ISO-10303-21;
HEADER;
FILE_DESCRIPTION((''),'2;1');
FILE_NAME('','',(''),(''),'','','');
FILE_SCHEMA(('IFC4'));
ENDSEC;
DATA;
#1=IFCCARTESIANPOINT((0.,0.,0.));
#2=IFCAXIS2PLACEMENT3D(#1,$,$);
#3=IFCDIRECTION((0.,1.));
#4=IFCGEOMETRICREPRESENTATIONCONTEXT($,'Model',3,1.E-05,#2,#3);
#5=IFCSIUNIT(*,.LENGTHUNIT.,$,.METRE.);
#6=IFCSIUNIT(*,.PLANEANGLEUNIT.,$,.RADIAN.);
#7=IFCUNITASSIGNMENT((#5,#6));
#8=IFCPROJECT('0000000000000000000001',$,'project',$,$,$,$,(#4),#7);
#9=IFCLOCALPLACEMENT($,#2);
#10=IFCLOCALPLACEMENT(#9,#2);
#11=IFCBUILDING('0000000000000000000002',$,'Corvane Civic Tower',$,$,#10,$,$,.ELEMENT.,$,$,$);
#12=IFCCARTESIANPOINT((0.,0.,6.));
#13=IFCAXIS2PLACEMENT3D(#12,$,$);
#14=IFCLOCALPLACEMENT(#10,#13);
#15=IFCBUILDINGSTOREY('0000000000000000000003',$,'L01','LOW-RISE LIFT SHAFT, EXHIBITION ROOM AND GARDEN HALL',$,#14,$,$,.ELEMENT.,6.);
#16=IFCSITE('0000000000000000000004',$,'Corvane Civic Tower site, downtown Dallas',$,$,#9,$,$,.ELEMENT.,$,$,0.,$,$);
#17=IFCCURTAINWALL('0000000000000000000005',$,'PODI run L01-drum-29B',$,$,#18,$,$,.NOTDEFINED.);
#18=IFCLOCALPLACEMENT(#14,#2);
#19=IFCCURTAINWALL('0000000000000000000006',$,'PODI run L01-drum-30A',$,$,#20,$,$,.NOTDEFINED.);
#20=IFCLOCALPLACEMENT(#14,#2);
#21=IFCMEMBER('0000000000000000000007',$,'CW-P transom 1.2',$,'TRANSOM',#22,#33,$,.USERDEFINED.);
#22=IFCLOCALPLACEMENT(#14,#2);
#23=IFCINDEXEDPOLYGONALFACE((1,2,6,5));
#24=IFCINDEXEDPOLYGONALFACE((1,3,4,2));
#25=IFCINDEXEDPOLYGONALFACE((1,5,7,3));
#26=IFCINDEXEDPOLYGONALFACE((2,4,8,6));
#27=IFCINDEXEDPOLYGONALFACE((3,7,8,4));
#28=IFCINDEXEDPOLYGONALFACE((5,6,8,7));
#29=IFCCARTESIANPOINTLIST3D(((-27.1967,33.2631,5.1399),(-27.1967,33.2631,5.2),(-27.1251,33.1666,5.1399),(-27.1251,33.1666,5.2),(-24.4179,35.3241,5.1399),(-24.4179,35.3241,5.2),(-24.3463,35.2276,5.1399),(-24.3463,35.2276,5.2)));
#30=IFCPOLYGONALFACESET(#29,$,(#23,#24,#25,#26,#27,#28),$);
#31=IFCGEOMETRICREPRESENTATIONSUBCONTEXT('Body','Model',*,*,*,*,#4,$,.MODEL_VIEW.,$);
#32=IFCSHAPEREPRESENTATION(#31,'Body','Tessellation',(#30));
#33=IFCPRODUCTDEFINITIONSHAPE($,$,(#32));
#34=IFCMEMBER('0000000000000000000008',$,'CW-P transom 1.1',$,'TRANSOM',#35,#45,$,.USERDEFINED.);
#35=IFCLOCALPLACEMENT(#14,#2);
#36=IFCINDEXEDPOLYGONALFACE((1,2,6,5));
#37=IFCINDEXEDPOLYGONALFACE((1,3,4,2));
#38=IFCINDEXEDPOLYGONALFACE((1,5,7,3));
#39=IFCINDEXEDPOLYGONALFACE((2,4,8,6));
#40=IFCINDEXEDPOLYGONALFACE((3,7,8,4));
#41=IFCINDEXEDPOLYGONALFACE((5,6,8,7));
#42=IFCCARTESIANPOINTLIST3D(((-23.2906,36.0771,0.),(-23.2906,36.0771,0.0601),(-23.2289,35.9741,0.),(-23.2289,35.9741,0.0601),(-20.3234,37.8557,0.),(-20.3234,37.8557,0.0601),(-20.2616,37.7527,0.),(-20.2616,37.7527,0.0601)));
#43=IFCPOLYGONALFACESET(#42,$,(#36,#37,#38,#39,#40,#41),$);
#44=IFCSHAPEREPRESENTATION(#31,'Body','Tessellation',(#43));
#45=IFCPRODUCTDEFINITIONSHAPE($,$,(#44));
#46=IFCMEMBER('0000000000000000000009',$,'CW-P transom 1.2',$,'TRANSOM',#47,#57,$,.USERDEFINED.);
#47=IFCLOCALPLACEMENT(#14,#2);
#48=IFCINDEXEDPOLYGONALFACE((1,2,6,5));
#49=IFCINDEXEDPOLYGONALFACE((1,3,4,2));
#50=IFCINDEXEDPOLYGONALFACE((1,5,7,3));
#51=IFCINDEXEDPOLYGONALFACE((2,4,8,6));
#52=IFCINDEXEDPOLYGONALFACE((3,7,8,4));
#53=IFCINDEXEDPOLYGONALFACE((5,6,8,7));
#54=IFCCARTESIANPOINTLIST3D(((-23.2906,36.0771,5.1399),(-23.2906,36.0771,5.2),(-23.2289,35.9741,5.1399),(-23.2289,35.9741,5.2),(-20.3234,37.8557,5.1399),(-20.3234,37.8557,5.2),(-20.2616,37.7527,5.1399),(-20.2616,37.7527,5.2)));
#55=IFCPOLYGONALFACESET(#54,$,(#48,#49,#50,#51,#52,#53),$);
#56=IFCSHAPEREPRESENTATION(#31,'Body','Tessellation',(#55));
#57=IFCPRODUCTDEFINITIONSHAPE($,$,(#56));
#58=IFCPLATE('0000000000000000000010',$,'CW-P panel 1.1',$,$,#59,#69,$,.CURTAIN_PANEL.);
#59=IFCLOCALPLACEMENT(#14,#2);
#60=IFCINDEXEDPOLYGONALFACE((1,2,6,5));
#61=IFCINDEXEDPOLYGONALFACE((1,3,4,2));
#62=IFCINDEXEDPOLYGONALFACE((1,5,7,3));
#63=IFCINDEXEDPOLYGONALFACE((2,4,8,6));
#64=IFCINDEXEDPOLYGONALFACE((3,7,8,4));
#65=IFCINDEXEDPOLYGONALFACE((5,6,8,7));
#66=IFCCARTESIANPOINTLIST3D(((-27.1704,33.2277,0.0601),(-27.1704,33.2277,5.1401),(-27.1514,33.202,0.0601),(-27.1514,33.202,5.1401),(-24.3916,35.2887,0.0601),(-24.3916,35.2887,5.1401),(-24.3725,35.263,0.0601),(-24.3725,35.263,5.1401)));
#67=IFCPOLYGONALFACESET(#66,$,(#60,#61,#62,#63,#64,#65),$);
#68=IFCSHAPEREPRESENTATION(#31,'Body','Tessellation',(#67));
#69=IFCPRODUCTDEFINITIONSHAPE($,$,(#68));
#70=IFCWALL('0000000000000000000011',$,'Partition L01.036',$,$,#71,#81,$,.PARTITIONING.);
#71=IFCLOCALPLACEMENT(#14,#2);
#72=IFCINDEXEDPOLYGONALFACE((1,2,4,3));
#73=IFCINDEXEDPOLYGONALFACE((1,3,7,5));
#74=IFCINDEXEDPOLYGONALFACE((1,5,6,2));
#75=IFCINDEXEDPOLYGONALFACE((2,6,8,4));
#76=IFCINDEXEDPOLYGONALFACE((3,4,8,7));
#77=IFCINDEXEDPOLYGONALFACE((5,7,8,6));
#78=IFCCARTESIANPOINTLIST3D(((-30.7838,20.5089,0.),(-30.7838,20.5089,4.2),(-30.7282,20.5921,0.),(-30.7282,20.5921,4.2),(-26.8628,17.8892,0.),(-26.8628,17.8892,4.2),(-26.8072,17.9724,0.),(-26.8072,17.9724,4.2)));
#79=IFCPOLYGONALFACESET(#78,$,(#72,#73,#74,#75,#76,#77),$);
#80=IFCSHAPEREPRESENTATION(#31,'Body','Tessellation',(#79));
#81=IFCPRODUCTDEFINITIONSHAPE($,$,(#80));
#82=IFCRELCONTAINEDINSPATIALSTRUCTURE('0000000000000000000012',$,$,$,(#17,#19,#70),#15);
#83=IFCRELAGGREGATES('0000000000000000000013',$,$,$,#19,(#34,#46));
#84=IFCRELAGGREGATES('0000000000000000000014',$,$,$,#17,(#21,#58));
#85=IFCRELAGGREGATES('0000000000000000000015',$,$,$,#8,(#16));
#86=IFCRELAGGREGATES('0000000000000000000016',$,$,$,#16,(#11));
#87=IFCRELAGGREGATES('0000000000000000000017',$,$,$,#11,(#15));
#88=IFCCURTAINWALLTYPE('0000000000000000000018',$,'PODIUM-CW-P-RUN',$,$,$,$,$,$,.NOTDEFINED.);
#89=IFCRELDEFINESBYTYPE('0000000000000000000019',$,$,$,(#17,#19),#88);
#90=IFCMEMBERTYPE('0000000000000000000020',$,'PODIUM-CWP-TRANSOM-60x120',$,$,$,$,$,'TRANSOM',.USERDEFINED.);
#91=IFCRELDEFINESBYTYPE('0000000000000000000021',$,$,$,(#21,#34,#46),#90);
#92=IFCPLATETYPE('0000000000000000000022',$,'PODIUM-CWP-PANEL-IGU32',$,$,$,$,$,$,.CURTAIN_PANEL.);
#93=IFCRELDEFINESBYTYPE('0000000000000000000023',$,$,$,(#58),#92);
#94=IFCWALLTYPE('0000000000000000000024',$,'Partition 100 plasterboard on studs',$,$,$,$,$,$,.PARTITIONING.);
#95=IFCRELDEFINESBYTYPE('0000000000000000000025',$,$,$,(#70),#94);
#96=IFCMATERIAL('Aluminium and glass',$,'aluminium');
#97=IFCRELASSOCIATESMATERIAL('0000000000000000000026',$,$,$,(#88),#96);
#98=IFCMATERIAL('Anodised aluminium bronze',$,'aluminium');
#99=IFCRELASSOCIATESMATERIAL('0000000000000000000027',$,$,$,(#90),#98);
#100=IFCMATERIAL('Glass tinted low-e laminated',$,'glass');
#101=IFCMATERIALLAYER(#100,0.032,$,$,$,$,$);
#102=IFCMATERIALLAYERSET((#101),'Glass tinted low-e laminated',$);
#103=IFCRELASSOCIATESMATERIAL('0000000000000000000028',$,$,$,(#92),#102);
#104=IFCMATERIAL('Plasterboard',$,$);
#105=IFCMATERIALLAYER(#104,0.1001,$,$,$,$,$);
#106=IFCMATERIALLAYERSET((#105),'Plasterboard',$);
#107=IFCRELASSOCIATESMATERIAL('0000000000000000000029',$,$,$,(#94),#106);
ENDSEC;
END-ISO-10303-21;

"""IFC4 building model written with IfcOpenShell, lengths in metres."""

from ifc_helpers import new_model, si_unit, direction, frame, frame_2d, origin, origin_2d, place, context, subcontext, project, spatial, rectangle, extrude, material, layer, layer_set, material_profile, profile_set, type_object, element, aggregate, save


model = new_model("IFC4")

# Units and contexts
model_context = context("Model", 3, precision=1e-05, world=origin(), true_north=direction((0.0, 1.0)))
body_context = subcontext(model_context, "Body", "Model", "MODEL_VIEW")
ifc_project = project(units=[si_unit("LENGTHUNIT", "METRE"), si_unit("PLANEANGLEUNIT", "RADIAN")], contexts=[model_context])

# Site, building, storey
site_placement = place(None, origin())
site = spatial("IfcSite", under=ifc_project, at=site_placement, Name="Corvane Civic Tower site, downtown Dallas", CompositionType="ELEMENT", RefElevation=0.0)
building_placement = place(site_placement, origin())
building = spatial("IfcBuilding", under=site, at=building_placement, Name="Corvane Civic Tower", CompositionType="ELEMENT")
storey_placement = place(building_placement, frame((0.0, 0.0, 6.0)))
storey = spatial("IfcBuildingStorey", under=building, at=storey_placement, Name="L01", Description="LOW-RISE LIFT SHAFT, EXHIBITION ROOM AND GARDEN HALL", CompositionType="ELEMENT", Elevation=6.0)

# Shared definitions
ifc_material_1 = material(Name="Aluminium and glass", Category="aluminium")
curtain_wall_type = type_object("IfcCurtainWallType", Name="PODIUM-CW-P-RUN", PredefinedType="NOTDEFINED", material=ifc_material_1)

# Curtain wall
curtain_wall_1_placement = place(storey_placement, origin())
curtain_wall_1 = element("IfcCurtainWall", 1, at=curtain_wall_1_placement, inside=storey, type_object=curtain_wall_type, Name="PODI run L01-drum-29B", PredefinedType="NOTDEFINED")

# Curtain wall
curtain_wall_2_placement = place(storey_placement, origin())
curtain_wall_2 = element("IfcCurtainWall", 2, at=curtain_wall_2_placement, inside=storey, type_object=curtain_wall_type, Name="PODI run L01-drum-30A", PredefinedType="NOTDEFINED")

# Members
ifc_material_2 = material(Name="Anodised aluminium bronze", Category="aluminium")
ifc_material_profile_1 = material_profile(ifc_material_2, rectangle(XDim=0.1201, YDim=0.0601, at=origin_2d()), Name="AL 120x60")
ifc_profile_set_1 = profile_set([ifc_material_profile_1], Name="Anodised aluminium bronze")
member_type_1 = type_object("IfcMemberType", Name="PODIUM-CWP-TRANSOM-60x120", ElementType="TRANSOM", PredefinedType="USERDEFINED", material=ifc_profile_set_1)
member_1_placement = place(storey_placement, frame((-27.1609, 33.2148, 5.1699), z_axis=(0.80319, 0.595724, 0.0), x_axis=(-0.595724, 0.80319, 0.0)))
member_1 = element("IfcMember", 3, at=member_1_placement, type_object=member_type_1, Name="CW-P transom 1.2", ObjectType="TRANSOM", PredefinedType="USERDEFINED", context=body_context, shape_type="SweptSolid", body=[
    extrude(rectangle(XDim=0.1201, YDim=0.0601, at=origin_2d()), origin(), (0.0, 0.0, 1.0), 3.4597),
])
member_2_placement = place(storey_placement, frame((-23.2598, 36.0256, 0.03), z_axis=(0.857723, 0.514112, 0.0), x_axis=(-0.514112, 0.857723, 0.0)))
member_2 = element("IfcMember", 4, at=member_2_placement, type_object=member_type_1, Name="CW-P transom 1.1", ObjectType="TRANSOM", PredefinedType="USERDEFINED", context=body_context, shape_type="SweptSolid", body=[
    extrude(rectangle(XDim=0.1201, YDim=0.0601, at=origin_2d()), origin(), (0.0, 0.0, 1.0), 3.4595),
])
member_3_placement = place(storey_placement, frame((-23.2598, 36.0256, 5.1699), z_axis=(0.857723, 0.514112, 0.0), x_axis=(-0.514112, 0.857723, 0.0)))
member_3 = element("IfcMember", 5, at=member_3_placement, type_object=member_type_1, Name="CW-P transom 1.2", ObjectType="TRANSOM", PredefinedType="USERDEFINED", context=body_context, shape_type="SweptSolid", body=[
    extrude(rectangle(XDim=0.1201, YDim=0.0601, at=origin_2d()), origin(), (0.0, 0.0, 1.0), 3.4595),
])
aggregate(curtain_wall_2, [member_2, member_3])

# Plate
ifc_material_3 = material(Name="Glass tinted low-e laminated", Category="glass")
ifc_layer_1 = layer(ifc_material_3, 0.032)
ifc_layer_set_1 = layer_set([ifc_layer_1], Name="Glass tinted low-e laminated")
plate_type = type_object("IfcPlateType", Name="PODIUM-CWP-PANEL-IGU32", PredefinedType="CURTAIN_PANEL", material=ifc_layer_set_1)
plate_placement = place(storey_placement, frame((-25.7715, 34.2454, 0.0601), z_axis=(0.0, 0.0, 1.0), x_axis=(0.803203, 0.595705, 0.0)))
plate = element("IfcPlate", 6, at=plate_placement, type_object=plate_type, Name="CW-P panel 1.1", PredefinedType="CURTAIN_PANEL", context=body_context, shape_type="SweptSolid", body=[
    extrude(rectangle(XDim=3.4597, YDim=0.032, at=origin_2d()), origin(), (0.0, 0.0, 1.0), 5.0801),
])
aggregate(curtain_wall_1, [member_1, plate])

# Wall
ifc_material_4 = material(Name="Plasterboard")
ifc_layer_2 = layer(ifc_material_4, 0.1001)
ifc_layer_set_2 = layer_set([ifc_layer_2], Name="Plasterboard")
wall_type_1 = type_object("IfcWallType", Name="Partition 100 plasterboard on studs", PredefinedType="PARTITIONING", material=ifc_layer_set_2)
wall_1_placement = place(storey_placement, frame((-30.7561, 20.5505, 0.0), z_axis=(0.0, 0.0, 1.0), x_axis=(0.831492, -0.555536, 0.0)))
element("IfcWall", 7, at=wall_1_placement, inside=storey, type_object=wall_type_1, Name="Partition L01.036", PredefinedType="PARTITIONING", context=body_context, shape_type="SweptSolid", body=[
    extrude(rectangle(XDim=4.7156, YDim=0.1001, at=frame_2d((2.3579, 0.0))), origin(), (0.0, 0.0, 1.0), 4.2),
])

save(model, "model.ifc")
